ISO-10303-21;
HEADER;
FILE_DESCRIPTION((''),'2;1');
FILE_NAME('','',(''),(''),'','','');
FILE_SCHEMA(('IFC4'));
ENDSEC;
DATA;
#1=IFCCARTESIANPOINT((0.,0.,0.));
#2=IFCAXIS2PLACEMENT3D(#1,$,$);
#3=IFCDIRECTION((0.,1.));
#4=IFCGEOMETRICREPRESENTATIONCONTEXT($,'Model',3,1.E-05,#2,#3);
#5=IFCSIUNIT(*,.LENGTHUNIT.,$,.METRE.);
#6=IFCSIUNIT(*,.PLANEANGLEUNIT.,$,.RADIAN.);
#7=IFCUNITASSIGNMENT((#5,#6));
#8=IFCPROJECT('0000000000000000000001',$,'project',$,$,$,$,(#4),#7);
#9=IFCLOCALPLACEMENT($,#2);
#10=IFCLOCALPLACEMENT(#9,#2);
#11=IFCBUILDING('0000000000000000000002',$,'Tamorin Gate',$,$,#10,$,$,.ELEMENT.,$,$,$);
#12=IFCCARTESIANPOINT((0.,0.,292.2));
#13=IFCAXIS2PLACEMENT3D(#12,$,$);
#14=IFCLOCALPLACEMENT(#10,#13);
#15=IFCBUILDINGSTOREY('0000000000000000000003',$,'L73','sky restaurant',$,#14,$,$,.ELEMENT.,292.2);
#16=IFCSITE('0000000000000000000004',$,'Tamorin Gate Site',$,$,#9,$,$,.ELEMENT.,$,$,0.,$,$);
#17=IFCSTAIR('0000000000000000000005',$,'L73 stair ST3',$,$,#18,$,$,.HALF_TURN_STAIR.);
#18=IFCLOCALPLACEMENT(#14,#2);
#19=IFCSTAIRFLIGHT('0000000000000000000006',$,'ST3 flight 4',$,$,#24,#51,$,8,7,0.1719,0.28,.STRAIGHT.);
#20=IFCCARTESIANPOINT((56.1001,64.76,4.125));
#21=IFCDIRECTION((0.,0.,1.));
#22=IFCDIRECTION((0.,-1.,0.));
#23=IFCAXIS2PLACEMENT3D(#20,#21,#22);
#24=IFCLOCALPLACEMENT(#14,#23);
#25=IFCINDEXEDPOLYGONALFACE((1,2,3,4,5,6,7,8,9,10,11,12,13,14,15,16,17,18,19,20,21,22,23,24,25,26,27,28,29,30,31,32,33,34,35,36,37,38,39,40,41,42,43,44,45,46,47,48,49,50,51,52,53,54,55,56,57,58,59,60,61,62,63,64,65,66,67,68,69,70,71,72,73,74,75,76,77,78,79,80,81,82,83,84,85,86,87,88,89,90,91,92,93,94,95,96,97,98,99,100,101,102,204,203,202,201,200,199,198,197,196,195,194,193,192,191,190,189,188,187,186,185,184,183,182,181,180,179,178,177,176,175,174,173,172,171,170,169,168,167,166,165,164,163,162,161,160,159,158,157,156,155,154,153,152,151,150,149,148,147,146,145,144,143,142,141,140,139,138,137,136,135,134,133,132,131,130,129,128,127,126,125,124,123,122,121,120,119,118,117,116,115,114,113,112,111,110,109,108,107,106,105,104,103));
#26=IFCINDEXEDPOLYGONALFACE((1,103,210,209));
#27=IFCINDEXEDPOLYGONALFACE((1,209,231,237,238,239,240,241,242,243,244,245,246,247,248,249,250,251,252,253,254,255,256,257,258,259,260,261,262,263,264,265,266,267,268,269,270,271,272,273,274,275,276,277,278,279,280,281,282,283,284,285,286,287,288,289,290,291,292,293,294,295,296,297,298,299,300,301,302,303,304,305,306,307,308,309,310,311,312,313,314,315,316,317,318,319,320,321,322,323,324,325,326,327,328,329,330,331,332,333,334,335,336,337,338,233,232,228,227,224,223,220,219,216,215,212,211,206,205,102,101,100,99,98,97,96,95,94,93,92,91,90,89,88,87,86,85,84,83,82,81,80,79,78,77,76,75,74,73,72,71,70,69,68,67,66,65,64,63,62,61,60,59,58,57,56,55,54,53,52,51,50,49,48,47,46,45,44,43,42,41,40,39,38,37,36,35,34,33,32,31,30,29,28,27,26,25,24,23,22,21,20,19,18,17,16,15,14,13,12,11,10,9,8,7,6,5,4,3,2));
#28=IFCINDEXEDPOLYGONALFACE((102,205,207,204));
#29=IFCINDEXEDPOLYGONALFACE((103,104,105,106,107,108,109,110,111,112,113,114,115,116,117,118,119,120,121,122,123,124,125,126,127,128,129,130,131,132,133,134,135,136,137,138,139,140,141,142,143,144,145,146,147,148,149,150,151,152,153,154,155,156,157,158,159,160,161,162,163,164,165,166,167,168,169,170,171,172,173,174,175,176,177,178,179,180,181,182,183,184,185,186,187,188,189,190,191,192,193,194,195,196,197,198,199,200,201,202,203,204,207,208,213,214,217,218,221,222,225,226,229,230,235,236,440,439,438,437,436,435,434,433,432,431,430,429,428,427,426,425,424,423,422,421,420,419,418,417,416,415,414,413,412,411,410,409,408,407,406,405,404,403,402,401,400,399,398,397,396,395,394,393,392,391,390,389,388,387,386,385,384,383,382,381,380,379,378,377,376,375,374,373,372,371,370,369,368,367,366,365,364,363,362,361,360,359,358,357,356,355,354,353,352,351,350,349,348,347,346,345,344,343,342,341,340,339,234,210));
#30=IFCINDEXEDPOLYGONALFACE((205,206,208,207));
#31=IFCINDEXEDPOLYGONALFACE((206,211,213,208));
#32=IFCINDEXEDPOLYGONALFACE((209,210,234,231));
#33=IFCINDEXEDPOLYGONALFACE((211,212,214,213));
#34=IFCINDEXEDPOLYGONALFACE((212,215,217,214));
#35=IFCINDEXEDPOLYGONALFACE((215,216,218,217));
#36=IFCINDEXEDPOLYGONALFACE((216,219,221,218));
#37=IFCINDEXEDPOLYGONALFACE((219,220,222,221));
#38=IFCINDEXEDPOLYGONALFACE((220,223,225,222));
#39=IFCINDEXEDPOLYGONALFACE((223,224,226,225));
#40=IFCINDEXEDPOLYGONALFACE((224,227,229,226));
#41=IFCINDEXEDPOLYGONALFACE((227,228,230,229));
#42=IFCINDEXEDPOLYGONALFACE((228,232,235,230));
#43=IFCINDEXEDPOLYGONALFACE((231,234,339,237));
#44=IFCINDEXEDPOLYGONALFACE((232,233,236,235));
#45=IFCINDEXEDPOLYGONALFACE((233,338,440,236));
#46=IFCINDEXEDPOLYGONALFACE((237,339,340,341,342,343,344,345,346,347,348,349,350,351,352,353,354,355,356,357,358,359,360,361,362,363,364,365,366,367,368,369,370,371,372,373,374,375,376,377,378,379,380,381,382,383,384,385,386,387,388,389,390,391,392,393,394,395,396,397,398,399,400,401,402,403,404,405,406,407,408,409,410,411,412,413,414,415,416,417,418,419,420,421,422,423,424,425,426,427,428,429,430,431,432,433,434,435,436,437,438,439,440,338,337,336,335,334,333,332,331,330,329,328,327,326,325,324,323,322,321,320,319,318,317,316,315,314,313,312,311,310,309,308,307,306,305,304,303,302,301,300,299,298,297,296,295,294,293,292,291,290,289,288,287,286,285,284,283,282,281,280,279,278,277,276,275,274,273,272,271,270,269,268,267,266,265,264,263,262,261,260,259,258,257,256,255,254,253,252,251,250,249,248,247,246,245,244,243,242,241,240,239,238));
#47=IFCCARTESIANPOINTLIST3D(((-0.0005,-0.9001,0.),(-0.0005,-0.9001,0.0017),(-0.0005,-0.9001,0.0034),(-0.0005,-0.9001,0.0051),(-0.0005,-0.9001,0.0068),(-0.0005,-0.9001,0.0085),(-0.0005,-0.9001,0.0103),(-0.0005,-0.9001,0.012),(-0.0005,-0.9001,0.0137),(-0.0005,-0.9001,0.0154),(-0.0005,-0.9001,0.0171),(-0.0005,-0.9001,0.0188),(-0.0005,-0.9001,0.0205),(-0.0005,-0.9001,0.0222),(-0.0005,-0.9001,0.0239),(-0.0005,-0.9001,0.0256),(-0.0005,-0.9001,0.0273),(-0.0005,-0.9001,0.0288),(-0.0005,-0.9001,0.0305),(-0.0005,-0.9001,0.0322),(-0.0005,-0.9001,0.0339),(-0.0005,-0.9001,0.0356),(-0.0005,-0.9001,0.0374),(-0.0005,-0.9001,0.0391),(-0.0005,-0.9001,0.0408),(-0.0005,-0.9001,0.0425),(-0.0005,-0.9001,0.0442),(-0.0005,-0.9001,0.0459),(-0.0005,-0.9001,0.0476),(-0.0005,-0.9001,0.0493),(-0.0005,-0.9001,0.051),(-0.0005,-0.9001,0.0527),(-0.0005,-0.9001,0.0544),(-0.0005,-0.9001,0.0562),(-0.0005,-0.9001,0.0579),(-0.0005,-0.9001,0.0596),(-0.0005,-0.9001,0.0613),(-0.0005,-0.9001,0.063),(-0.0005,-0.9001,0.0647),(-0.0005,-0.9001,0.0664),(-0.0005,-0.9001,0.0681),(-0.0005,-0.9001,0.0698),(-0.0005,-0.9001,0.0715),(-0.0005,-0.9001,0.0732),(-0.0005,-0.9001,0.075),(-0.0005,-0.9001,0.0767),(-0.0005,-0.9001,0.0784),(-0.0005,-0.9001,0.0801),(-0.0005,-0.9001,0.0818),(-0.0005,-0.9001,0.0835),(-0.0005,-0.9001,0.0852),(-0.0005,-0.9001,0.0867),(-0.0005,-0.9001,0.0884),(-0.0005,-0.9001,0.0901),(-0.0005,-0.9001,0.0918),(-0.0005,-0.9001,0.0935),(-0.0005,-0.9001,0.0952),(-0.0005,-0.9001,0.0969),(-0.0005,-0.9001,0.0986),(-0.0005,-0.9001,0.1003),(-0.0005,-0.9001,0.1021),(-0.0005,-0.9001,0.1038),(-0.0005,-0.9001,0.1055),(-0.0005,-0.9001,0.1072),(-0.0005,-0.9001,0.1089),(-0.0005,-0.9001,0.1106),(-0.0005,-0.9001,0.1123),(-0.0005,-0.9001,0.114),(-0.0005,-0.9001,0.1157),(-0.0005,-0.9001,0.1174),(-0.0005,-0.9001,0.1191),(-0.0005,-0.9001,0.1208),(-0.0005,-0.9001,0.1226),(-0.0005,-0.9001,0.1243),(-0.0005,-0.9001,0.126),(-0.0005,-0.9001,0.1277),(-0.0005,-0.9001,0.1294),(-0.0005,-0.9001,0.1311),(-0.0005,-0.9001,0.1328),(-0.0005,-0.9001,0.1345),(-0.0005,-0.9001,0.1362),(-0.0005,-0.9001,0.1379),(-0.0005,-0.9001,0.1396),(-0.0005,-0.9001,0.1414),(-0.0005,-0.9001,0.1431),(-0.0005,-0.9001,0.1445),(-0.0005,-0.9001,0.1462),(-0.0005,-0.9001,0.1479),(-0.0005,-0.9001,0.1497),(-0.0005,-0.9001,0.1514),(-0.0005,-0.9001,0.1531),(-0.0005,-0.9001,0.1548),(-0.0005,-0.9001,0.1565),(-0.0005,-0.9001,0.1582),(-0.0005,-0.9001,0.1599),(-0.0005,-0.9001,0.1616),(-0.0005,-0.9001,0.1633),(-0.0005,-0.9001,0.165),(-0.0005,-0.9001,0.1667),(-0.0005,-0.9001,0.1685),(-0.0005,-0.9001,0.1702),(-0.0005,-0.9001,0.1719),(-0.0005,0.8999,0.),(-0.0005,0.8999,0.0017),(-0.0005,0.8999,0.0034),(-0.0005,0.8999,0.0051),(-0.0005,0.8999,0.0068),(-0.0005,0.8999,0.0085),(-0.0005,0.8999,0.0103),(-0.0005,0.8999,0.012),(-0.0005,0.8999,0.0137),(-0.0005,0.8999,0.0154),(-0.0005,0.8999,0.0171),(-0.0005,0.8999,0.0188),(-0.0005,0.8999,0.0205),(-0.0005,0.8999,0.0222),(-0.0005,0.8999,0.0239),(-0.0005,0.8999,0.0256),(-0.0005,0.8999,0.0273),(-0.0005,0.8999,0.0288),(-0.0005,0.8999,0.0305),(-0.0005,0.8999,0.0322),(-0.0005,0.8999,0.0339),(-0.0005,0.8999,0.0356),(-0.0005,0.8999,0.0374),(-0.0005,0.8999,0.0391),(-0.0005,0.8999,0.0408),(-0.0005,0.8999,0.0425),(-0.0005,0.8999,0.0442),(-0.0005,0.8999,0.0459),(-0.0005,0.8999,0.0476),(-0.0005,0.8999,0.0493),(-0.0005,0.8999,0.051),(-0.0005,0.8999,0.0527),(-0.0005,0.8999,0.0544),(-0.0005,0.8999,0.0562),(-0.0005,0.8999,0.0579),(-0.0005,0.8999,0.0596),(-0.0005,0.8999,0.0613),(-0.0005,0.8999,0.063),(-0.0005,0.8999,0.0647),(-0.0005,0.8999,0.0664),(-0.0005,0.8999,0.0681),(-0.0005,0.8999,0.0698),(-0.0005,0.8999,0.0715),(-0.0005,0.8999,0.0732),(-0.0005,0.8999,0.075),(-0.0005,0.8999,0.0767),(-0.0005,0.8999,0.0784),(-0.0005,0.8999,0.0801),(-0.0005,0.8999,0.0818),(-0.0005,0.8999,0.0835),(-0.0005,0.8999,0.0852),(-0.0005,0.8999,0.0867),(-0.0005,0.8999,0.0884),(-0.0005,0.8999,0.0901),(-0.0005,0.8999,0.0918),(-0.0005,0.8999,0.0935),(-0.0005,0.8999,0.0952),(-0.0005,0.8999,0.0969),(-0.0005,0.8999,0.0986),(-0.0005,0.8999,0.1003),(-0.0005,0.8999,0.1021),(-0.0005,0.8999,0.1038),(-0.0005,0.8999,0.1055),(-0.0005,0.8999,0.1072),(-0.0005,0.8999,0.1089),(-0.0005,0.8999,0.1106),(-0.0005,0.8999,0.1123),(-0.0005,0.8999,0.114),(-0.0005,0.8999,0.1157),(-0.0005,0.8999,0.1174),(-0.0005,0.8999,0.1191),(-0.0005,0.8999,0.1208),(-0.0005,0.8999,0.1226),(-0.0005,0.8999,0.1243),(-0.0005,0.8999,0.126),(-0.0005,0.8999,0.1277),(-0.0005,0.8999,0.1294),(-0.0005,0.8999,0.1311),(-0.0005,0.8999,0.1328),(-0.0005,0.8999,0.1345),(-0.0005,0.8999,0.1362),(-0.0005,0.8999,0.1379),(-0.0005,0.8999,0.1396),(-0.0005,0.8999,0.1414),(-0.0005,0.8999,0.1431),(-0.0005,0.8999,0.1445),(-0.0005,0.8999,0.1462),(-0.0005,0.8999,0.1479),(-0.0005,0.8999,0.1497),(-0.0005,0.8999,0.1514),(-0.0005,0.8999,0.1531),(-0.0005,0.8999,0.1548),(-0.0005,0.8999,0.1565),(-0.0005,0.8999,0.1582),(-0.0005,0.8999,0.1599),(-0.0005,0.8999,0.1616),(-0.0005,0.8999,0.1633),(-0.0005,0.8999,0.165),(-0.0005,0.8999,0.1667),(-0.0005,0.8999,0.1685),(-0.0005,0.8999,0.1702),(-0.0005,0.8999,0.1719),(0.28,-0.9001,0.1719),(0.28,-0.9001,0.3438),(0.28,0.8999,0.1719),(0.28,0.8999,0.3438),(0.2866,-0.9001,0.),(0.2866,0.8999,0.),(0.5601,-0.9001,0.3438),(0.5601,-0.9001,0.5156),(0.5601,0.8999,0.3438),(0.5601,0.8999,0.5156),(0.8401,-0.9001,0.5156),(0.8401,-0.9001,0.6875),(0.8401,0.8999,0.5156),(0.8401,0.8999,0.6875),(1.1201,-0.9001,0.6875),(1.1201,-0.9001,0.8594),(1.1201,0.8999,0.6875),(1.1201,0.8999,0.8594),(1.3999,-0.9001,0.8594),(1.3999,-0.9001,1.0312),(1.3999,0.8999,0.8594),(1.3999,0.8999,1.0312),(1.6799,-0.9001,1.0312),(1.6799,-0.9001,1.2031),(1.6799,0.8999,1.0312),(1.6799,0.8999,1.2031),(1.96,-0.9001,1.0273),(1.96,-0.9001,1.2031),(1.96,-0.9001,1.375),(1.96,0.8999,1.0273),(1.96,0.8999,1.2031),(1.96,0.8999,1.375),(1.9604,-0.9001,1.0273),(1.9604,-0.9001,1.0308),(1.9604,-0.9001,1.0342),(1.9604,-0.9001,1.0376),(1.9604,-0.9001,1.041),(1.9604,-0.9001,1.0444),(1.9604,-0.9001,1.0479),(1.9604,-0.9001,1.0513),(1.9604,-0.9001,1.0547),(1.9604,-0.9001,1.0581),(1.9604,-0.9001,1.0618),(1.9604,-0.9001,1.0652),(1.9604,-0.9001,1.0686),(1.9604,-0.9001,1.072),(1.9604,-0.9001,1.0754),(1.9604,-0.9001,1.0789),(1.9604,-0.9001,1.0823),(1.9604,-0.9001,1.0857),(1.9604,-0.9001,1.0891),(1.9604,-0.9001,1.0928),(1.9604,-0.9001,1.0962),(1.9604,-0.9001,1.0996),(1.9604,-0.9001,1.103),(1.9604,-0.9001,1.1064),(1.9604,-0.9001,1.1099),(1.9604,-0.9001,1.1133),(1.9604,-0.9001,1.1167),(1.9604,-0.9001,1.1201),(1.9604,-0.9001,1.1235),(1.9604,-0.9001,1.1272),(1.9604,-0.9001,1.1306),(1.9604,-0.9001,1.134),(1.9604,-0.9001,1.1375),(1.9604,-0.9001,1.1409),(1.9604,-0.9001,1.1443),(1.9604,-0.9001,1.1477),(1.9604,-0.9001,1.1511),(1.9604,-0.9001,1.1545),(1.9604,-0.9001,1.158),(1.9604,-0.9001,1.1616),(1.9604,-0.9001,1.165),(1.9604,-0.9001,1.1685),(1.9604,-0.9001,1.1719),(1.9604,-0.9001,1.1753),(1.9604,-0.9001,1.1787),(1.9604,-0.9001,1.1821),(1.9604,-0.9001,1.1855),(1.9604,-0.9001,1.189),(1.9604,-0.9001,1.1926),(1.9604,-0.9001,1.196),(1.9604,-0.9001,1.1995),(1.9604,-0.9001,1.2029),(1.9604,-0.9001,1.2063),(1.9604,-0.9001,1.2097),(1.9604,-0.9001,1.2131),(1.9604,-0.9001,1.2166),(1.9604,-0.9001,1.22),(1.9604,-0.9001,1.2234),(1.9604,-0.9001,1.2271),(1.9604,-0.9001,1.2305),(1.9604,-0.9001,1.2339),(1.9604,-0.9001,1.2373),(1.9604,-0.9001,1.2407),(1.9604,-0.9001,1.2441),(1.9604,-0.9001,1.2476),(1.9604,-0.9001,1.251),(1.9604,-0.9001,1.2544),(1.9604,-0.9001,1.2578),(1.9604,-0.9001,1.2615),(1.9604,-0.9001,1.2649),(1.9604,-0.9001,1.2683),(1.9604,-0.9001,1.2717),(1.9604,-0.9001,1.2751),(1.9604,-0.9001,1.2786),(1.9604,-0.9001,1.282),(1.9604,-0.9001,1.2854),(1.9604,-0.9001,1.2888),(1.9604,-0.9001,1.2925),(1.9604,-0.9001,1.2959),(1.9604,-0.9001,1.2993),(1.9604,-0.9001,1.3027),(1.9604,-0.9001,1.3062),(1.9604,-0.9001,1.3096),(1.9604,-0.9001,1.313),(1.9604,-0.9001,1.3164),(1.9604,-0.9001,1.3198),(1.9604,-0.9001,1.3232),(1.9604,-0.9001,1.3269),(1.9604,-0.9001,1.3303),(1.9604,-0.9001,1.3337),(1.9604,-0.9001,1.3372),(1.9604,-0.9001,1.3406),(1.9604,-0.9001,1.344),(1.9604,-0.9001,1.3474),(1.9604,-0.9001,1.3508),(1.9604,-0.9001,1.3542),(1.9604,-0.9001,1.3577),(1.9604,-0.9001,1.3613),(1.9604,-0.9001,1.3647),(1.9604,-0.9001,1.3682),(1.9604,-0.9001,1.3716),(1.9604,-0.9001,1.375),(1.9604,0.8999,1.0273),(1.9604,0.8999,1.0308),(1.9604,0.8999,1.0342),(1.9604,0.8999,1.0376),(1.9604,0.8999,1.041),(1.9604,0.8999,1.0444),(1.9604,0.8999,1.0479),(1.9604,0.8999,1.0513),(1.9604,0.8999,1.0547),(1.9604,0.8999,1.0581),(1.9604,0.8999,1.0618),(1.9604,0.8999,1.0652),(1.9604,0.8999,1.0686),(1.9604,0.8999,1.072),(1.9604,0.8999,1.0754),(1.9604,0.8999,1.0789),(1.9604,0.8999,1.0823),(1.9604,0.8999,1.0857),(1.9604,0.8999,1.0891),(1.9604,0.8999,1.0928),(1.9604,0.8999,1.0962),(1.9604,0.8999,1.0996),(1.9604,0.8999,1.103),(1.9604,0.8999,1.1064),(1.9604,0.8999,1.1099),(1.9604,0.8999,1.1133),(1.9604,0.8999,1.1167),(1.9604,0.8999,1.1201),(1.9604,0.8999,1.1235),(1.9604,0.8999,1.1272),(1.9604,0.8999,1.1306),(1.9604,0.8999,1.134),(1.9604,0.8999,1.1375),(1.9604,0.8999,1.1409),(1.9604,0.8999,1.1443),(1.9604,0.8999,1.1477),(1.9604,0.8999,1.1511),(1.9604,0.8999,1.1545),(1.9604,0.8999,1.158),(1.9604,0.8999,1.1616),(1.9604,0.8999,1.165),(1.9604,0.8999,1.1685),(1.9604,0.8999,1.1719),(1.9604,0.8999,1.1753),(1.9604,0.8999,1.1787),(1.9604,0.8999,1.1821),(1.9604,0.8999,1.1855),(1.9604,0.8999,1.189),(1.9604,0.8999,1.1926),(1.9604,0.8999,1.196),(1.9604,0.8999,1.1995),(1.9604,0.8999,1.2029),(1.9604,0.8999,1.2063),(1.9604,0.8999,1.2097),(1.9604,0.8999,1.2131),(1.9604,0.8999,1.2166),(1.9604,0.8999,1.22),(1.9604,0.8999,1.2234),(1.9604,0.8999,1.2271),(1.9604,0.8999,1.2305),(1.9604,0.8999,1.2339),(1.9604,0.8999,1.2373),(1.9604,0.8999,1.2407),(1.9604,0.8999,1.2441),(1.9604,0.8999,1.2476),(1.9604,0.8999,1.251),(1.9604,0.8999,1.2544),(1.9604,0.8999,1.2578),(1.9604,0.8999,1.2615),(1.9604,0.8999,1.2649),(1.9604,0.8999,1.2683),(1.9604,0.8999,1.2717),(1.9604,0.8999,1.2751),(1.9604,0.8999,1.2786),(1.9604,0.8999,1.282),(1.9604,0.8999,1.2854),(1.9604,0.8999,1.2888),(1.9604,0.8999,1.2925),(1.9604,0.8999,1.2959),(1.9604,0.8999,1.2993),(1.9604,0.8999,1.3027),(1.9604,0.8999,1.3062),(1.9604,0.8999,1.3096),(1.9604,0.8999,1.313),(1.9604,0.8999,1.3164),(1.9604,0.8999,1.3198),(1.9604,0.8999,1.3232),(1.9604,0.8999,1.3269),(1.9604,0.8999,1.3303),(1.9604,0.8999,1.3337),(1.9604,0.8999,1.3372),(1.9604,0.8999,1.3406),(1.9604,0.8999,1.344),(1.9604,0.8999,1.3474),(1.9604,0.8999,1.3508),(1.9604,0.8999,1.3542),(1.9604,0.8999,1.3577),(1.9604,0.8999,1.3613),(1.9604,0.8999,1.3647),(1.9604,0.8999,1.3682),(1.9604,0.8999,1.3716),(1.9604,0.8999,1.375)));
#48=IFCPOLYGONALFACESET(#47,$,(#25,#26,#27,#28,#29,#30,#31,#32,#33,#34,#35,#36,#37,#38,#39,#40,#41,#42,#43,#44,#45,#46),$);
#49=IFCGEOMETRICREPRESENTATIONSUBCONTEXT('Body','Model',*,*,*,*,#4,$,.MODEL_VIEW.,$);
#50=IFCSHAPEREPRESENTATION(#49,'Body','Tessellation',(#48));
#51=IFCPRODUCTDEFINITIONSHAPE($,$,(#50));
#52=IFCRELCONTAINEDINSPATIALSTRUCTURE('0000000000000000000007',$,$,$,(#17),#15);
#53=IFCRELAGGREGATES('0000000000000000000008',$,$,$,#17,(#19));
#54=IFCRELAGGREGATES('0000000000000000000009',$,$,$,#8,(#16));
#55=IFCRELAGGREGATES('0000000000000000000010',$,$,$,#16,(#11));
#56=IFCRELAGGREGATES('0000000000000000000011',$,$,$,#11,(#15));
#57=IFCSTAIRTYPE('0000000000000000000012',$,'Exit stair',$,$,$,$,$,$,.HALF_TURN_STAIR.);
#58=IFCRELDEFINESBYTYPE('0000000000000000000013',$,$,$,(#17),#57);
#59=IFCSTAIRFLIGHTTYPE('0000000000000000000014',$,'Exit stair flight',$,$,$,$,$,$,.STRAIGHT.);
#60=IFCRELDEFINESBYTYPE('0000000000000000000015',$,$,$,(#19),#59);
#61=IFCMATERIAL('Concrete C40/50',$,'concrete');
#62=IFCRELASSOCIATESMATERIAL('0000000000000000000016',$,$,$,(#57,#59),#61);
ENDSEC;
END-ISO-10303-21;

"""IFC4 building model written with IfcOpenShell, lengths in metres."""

from ifc_helpers import new_model, si_unit, direction, frame, origin, place, context, subcontext, project, spatial, polyline, outline, extrude, material, type_object, element, aggregate, save


model = new_model("IFC4")

# Units and contexts
model_context = context("Model", 3, precision=1e-05, world=origin(), true_north=direction((0.0, 1.0)))
body_context = subcontext(model_context, "Body", "Model", "MODEL_VIEW")
ifc_project = project(units=[si_unit("LENGTHUNIT", "METRE"), si_unit("PLANEANGLEUNIT", "RADIAN")], contexts=[model_context])

# Site, building, storey
site_placement = place(None, origin())
site = spatial("IfcSite", under=ifc_project, at=site_placement, Name="Tamorin Gate Site", CompositionType="ELEMENT", RefElevation=0.0)
building_placement = place(site_placement, origin())
building = spatial("IfcBuilding", under=site, at=building_placement, Name="Tamorin Gate", CompositionType="ELEMENT")
storey_placement = place(building_placement, frame((0.0, 0.0, 292.2)))
storey = spatial("IfcBuildingStorey", under=building, at=storey_placement, Name="L73", Description="sky restaurant", CompositionType="ELEMENT", Elevation=292.2)

# Shared definitions
ifc_material_1 = material(Name="Concrete C40/50", Category="concrete")

# Stair, stair flight
stair_type = type_object("IfcStairType", Name="Exit stair", PredefinedType="HALF_TURN_STAIR", material=ifc_material_1)
stair_placement = place(storey_placement, origin())
stair = element("IfcStair", 1, at=stair_placement, inside=storey, type_object=stair_type, Name="L73 stair ST3", PredefinedType="HALF_TURN_STAIR")
stair_flight_type = type_object("IfcStairFlightType", Name="Exit stair flight", PredefinedType="STRAIGHT", material=ifc_material_1)
stair_flight_1_placement = place(storey_placement, frame((56.1001, 64.76, 4.125), z_axis=(0.0, 0.0, 1.0), x_axis=(0.0, -1.0, 0.0)))
stair_flight_1 = element("IfcStairFlight", 2, at=stair_flight_1_placement, type_object=stair_flight_type, Name="ST3 flight 4", NumberOfRisers=8, NumberOfTreads=7, PredefinedType="STRAIGHT", RiserHeight=0.1719, TreadLength=0.28, context=body_context, shape_type="SweptSolid", body=[
    extrude(outline(polyline([(-0.0005, 0.0), (-0.0005, 0.0017), (-0.0005, 0.0034), (-0.0005, 0.0051), (-0.0005, 0.0068), (-0.0005, 0.0085), (-0.0005, 0.0103), (-0.0005, 0.012), (-0.0005, 0.0137), (-0.0005, 0.0154), (-0.0005, 0.0171), (-0.0005, 0.0188), (-0.0005, 0.0205), (-0.0005, 0.0222), (-0.0005, 0.0239), (-0.0005, 0.0256), (-0.0005, 0.0273), (-0.0005, 0.0288), (-0.0005, 0.0305), (-0.0005, 0.0322), (-0.0005, 0.0339), (-0.0005, 0.0356), (-0.0005, 0.0374), (-0.0005, 0.0391), (-0.0005, 0.0408), (-0.0005, 0.0425), (-0.0005, 0.0442), (-0.0005, 0.0459), (-0.0005, 0.0476), (-0.0005, 0.0493), (-0.0005, 0.051), (-0.0005, 0.0527), (-0.0005, 0.0544), (-0.0005, 0.0562), (-0.0005, 0.0579), (-0.0005, 0.0596), (-0.0005, 0.0613), (-0.0005, 0.063), (-0.0005, 0.0647), (-0.0005, 0.0664), (-0.0005, 0.0681), (-0.0005, 0.0698), (-0.0005, 0.0715), (-0.0005, 0.0732), (-0.0005, 0.075), (-0.0005, 0.0767), (-0.0005, 0.0784), (-0.0005, 0.0801), (-0.0005, 0.0818), (-0.0005, 0.0835), (-0.0005, 0.0852), (-0.0005, 0.0867), (-0.0005, 0.0884), (-0.0005, 0.0901), (-0.0005, 0.0918), (-0.0005, 0.0935), (-0.0005, 0.0952), (-0.0005, 0.0969), (-0.0005, 0.0986), (-0.0005, 0.1003), (-0.0005, 0.1021), (-0.0005, 0.1038), (-0.0005, 0.1055), (-0.0005, 0.1072), (-0.0005, 0.1089), (-0.0005, 0.1106), (-0.0005, 0.1123), (-0.0005, 0.114), (-0.0005, 0.1157), (-0.0005, 0.1174), (-0.0005, 0.1191), (-0.0005, 0.1208), (-0.0005, 0.1226), (-0.0005, 0.1243), (-0.0005, 0.126), (-0.0005, 0.1277), (-0.0005, 0.1294), (-0.0005, 0.1311), (-0.0005, 0.1328), (-0.0005, 0.1345), (-0.0005, 0.1362), (-0.0005, 0.1379), (-0.0005, 0.1396), (-0.0005, 0.1414), (-0.0005, 0.1431), (-0.0005, 0.1445), (-0.0005, 0.1462), (-0.0005, 0.1479), (-0.0005, 0.1497), (-0.0005, 0.1514), (-0.0005, 0.1531), (-0.0005, 0.1548), (-0.0005, 0.1565), (-0.0005, 0.1582), (-0.0005, 0.1599), (-0.0005, 0.1616), (-0.0005, 0.1633), (-0.0005, 0.165), (-0.0005, 0.1667), (-0.0005, 0.1685), (-0.0005, 0.1702), (-0.0005, 0.1719), (0.28, 0.1719), (0.28, 0.3438), (0.5601, 0.3438), (0.5601, 0.5156), (0.8401, 0.5156), (0.8401, 0.6875), (1.1201, 0.6875), (1.1201, 0.8594), (1.3999, 0.8594), (1.3999, 1.0312), (1.6799, 1.0312), (1.6799, 1.2031), (1.96, 1.2031), (1.96, 1.375), (1.9604, 1.375), (1.9604, 1.3716), (1.9604, 1.3682), (1.9604, 1.3647), (1.9604, 1.3613), (1.9604, 1.3577), (1.9604, 1.3542), (1.9604, 1.3508), (1.9604, 1.3474), (1.9604, 1.344), (1.9604, 1.3406), (1.9604, 1.3372), (1.9604, 1.3337), (1.9604, 1.3303), (1.9604, 1.3269), (1.9604, 1.3232), (1.9604, 1.3198), (1.9604, 1.3164), (1.9604, 1.313), (1.9604, 1.3096), (1.9604, 1.3062), (1.9604, 1.3027), (1.9604, 1.2993), (1.9604, 1.2959), (1.9604, 1.2925), (1.9604, 1.2888), (1.9604, 1.2854), (1.9604, 1.282), (1.9604, 1.2786), (1.9604, 1.2751), (1.9604, 1.2717), (1.9604, 1.2683), (1.9604, 1.2649), (1.9604, 1.2615), (1.9604, 1.2578), (1.9604, 1.2544), (1.9604, 1.251), (1.9604, 1.2476), (1.9604, 1.2441), (1.9604, 1.2407), (1.9604, 1.2373), (1.9604, 1.2339), (1.9604, 1.2305), (1.9604, 1.2271), (1.9604, 1.2234), (1.9604, 1.22), (1.9604, 1.2166), (1.9604, 1.2131), (1.9604, 1.2097), (1.9604, 1.2063), (1.9604, 1.2029), (1.9604, 1.1995), (1.9604, 1.196), (1.9604, 1.1926), (1.9604, 1.189), (1.9604, 1.1855), (1.9604, 1.1821), (1.9604, 1.1787), (1.9604, 1.1753), (1.9604, 1.1719), (1.9604, 1.1685), (1.9604, 1.165), (1.9604, 1.1616), (1.9604, 1.158), (1.9604, 1.1545), (1.9604, 1.1511), (1.9604, 1.1477), (1.9604, 1.1443), (1.9604, 1.1409), (1.9604, 1.1375), (1.9604, 1.134), (1.9604, 1.1306), (1.9604, 1.1272), (1.9604, 1.1235), (1.9604, 1.1201), (1.9604, 1.1167), (1.9604, 1.1133), (1.9604, 1.1099), (1.9604, 1.1064), (1.9604, 1.103), (1.9604, 1.0996), (1.9604, 1.0962), (1.9604, 1.0928), (1.9604, 1.0891), (1.9604, 1.0857), (1.9604, 1.0823), (1.9604, 1.0789), (1.9604, 1.0754), (1.9604, 1.072), (1.9604, 1.0686), (1.9604, 1.0652), (1.9604, 1.0618), (1.9604, 1.0581), (1.9604, 1.0547), (1.9604, 1.0513), (1.9604, 1.0479), (1.9604, 1.0444), (1.9604, 1.041), (1.9604, 1.0376), (1.9604, 1.0342), (1.9604, 1.0308), (1.9604, 1.0273), (1.96, 1.0273), (0.2866, 0.0), (-0.0005, 0.0)])), frame((0.0, 0.8999, 0.0), z_axis=(0.0, -1.0, 0.0), x_axis=(1.0, 0.0, 0.0)), (0.0, 0.0, 1.0), 1.8),
])
aggregate(stair, [stair_flight_1])

save(model, "model.ifc")
